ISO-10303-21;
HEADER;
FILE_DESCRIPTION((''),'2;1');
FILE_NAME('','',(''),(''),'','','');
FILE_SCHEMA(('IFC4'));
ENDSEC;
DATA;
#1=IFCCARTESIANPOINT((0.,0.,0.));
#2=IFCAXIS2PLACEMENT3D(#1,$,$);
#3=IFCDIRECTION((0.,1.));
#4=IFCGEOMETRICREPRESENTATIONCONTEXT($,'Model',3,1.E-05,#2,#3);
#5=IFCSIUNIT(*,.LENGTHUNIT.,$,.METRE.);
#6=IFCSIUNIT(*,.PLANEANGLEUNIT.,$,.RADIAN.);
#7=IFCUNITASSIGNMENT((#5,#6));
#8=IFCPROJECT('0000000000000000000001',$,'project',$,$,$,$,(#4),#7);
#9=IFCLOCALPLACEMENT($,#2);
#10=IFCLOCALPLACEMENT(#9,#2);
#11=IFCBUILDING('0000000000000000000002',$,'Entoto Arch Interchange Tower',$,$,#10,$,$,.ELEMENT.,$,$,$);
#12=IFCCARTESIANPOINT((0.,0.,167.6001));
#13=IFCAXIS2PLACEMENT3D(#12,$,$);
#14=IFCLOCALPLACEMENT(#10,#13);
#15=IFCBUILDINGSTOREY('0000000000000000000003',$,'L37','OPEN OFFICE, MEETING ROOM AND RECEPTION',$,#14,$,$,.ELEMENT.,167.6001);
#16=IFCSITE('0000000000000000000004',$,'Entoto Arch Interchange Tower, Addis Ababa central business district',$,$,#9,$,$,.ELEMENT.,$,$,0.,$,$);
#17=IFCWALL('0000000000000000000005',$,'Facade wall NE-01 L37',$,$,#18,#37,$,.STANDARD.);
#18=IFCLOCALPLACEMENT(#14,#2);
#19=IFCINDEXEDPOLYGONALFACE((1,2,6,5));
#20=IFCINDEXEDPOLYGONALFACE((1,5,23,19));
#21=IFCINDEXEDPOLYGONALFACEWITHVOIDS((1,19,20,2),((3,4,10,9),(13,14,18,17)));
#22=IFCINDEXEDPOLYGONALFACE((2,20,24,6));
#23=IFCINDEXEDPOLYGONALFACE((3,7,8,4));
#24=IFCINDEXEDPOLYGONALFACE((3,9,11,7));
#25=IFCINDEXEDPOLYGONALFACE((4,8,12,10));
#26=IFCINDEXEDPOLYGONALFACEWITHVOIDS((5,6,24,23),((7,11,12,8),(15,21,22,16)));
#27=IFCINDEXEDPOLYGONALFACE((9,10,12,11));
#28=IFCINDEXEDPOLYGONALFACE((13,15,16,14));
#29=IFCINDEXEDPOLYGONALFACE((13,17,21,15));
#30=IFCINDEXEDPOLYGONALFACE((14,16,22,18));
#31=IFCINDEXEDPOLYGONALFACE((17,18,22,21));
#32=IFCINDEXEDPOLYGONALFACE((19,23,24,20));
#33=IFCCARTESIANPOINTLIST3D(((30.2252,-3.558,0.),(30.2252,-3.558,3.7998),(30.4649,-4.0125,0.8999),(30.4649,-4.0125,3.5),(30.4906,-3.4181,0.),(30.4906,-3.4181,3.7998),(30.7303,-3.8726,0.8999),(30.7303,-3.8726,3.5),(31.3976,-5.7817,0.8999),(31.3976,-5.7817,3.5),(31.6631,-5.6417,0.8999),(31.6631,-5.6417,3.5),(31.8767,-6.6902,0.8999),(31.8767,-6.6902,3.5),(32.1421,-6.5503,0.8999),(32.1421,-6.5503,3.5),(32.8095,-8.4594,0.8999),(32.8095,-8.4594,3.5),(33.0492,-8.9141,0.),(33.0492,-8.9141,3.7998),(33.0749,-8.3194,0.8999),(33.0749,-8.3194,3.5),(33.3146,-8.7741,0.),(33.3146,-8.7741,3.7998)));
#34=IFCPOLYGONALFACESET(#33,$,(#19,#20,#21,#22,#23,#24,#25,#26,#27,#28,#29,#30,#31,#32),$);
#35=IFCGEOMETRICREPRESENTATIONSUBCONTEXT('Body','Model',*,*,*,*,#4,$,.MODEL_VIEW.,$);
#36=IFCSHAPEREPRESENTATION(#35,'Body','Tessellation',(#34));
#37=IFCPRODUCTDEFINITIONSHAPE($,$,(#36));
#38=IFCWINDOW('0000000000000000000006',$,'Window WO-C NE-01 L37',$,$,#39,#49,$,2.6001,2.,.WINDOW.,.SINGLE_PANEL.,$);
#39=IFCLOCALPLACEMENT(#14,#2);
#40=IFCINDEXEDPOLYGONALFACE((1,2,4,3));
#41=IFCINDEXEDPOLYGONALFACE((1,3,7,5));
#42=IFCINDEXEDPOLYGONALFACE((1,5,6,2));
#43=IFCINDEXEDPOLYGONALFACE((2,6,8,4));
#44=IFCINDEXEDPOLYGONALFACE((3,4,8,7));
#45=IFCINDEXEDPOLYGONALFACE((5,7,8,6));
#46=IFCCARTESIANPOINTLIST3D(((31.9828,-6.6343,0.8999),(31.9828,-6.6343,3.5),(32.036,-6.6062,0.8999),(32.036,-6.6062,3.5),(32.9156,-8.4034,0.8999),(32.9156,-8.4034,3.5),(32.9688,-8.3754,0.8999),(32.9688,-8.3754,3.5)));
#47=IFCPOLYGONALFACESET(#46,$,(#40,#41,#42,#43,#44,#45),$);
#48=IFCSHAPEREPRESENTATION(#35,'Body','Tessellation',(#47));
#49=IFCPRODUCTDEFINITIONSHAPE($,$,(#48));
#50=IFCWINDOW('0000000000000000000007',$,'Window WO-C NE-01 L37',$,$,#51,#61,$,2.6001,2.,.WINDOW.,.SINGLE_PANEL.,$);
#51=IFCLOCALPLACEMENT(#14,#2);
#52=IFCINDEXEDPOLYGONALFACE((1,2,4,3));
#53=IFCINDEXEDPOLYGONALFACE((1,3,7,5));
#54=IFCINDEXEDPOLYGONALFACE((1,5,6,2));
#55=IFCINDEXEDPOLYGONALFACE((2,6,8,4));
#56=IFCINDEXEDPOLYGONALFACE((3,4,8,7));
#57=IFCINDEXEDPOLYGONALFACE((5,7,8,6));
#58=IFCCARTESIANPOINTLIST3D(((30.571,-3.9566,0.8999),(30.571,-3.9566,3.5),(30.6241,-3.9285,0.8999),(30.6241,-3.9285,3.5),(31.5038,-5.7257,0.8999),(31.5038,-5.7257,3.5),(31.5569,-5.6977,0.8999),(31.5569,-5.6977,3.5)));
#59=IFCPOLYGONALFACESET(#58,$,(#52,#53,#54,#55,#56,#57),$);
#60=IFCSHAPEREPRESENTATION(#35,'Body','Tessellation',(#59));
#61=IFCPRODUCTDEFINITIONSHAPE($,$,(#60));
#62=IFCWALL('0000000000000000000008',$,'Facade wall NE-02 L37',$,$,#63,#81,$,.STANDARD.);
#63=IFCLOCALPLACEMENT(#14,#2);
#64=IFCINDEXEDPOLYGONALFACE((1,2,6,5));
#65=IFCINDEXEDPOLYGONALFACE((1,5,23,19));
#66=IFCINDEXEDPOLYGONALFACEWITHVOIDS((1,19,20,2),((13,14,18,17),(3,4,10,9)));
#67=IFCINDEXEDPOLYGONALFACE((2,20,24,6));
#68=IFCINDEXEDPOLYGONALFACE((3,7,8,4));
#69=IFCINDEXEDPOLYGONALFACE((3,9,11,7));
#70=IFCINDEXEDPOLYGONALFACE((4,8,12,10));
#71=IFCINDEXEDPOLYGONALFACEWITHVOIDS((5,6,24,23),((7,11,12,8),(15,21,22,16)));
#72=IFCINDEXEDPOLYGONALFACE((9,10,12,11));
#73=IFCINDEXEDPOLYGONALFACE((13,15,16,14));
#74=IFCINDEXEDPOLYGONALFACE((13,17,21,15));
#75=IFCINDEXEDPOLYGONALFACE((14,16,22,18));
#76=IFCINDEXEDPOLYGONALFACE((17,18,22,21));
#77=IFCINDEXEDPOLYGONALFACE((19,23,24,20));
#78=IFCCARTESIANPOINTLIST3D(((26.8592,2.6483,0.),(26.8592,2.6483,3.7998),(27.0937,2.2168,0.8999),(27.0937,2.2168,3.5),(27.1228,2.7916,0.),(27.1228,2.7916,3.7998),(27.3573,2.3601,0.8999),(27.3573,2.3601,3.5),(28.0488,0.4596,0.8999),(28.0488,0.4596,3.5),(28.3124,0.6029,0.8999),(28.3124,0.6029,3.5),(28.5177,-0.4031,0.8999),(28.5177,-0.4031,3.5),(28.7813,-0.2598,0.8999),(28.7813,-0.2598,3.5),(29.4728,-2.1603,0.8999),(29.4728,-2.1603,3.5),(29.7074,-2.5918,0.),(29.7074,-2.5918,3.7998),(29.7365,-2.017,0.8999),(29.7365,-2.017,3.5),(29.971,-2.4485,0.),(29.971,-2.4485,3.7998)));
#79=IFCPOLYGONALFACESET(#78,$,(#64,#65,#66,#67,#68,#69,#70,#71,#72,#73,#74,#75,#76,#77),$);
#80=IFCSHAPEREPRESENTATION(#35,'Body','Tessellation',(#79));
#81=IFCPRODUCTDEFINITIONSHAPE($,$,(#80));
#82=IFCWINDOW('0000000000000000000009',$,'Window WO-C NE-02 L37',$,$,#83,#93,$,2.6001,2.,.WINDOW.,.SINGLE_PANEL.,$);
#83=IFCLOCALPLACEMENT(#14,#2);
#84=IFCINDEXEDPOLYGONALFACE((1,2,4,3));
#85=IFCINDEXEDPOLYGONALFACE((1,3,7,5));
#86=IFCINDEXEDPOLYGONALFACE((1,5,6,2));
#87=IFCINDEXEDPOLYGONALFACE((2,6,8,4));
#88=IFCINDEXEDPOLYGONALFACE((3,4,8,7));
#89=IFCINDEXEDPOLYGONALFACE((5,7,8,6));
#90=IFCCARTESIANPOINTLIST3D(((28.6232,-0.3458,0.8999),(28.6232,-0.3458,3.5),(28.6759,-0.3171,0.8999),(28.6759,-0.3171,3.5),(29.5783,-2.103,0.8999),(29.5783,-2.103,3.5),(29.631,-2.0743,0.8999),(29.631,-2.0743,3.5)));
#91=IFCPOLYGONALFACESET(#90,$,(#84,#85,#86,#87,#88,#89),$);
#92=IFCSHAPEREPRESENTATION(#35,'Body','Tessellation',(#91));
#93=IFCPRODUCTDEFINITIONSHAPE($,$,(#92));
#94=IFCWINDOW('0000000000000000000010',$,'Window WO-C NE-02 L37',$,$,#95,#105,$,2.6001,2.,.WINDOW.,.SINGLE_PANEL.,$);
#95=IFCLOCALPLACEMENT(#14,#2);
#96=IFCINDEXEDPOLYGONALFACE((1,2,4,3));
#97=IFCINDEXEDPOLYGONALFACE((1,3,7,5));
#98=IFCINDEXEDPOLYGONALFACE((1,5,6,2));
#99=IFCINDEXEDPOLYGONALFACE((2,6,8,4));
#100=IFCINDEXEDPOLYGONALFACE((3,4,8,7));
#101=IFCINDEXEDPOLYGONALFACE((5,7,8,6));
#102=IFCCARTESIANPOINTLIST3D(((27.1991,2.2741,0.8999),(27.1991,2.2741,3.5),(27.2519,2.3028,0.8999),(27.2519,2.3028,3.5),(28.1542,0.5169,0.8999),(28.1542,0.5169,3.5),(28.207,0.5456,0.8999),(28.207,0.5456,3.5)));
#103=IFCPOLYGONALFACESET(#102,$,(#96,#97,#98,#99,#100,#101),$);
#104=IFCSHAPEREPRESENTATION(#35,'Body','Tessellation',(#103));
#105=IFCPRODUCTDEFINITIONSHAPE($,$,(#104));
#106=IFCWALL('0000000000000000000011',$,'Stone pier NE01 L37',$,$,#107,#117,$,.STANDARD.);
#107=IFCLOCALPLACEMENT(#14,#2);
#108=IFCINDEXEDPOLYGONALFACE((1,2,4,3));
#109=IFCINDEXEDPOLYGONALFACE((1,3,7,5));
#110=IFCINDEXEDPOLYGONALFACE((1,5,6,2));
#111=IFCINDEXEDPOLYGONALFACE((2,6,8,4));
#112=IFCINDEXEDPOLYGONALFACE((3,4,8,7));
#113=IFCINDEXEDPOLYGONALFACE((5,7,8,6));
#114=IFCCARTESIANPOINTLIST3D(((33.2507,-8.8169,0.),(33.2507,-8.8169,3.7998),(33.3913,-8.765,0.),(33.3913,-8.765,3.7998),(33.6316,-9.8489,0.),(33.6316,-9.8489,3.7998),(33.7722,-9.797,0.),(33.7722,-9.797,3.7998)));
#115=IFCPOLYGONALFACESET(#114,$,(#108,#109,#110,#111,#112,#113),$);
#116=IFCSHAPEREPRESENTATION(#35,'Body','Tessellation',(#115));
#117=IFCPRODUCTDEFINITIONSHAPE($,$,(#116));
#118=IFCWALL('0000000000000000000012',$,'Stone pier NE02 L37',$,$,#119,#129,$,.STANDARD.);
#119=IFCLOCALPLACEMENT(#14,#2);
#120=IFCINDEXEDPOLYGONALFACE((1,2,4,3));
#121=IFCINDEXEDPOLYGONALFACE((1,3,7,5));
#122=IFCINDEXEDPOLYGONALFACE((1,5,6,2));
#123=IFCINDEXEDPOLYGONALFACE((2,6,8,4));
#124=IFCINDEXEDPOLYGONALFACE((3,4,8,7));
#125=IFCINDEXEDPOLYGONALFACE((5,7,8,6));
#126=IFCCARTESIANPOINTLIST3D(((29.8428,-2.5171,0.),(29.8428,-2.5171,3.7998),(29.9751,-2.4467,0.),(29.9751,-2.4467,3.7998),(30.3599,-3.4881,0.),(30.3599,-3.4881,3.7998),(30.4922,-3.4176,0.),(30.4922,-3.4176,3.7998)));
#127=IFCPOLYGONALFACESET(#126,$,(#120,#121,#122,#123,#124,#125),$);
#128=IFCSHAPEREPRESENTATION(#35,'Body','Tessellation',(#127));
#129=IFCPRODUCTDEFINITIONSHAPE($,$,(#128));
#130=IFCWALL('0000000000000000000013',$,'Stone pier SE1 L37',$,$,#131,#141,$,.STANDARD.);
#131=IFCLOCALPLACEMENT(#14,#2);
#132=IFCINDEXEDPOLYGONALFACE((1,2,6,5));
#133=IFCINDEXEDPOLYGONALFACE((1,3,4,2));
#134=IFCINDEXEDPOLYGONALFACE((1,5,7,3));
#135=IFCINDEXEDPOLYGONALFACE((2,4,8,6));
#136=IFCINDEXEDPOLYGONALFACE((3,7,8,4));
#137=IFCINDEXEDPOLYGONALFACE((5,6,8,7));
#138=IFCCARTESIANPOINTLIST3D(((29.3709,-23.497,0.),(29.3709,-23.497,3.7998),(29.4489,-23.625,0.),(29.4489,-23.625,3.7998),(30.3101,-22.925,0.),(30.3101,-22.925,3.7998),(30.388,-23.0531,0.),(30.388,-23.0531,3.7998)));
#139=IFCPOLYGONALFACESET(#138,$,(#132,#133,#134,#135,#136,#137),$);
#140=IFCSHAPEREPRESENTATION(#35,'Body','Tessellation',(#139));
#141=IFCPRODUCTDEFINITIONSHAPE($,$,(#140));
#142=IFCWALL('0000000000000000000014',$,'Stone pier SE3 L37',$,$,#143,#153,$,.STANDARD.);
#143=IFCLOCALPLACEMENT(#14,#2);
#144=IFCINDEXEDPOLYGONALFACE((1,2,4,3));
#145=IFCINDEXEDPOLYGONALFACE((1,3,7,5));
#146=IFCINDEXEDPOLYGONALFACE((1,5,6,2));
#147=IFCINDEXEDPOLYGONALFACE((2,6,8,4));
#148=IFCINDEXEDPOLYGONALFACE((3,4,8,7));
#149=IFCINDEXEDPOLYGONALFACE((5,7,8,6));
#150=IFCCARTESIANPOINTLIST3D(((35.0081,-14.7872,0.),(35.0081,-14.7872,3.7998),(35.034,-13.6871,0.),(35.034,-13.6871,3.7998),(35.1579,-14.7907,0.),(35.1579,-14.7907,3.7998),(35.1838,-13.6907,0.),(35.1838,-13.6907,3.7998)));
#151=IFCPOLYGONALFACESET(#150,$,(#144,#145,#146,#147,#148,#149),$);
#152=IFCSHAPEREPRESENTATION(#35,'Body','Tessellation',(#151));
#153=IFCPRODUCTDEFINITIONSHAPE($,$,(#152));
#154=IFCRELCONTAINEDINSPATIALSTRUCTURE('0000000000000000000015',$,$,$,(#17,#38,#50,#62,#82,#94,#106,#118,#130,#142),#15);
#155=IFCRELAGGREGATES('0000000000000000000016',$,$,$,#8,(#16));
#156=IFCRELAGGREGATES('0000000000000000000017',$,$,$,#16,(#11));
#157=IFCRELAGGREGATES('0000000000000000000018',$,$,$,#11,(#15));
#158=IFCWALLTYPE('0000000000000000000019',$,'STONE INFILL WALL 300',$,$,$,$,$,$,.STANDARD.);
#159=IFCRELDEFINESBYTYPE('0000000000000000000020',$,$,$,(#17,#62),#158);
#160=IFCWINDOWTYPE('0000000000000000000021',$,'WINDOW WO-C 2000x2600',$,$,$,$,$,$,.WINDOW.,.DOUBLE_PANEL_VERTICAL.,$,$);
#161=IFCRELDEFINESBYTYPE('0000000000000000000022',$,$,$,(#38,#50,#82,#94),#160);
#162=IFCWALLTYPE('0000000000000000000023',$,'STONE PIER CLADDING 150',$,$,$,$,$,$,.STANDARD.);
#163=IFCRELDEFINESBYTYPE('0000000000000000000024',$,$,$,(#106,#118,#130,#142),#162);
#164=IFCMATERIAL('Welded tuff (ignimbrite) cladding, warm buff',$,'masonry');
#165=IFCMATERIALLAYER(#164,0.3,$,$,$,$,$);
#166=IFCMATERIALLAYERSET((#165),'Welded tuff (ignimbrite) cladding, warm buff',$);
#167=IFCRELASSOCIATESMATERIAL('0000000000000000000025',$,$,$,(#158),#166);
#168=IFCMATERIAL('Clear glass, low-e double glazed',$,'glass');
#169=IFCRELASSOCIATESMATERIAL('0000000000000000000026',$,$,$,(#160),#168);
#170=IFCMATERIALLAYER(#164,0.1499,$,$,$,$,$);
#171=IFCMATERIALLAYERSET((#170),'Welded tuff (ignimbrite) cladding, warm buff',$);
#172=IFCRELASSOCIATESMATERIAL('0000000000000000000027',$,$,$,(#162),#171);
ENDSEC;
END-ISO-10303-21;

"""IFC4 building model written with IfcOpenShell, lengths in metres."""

from ifc_helpers import new_model, si_unit, direction, frame, frame_2d, origin, place, context, subcontext, project, spatial, rectangle, extrude, material, layer, layer_set, type_object, element, fill, save


model = new_model("IFC4")

# Units and contexts
model_context = context("Model", 3, precision=1e-05, world=origin(), true_north=direction((0.0, 1.0)))
body_context = subcontext(model_context, "Body", "Model", "MODEL_VIEW")
ifc_project = project(units=[si_unit("LENGTHUNIT", "METRE"), si_unit("PLANEANGLEUNIT", "RADIAN")], contexts=[model_context])

# Site, building, storey
site_placement = place(None, origin())
site = spatial("IfcSite", under=ifc_project, at=site_placement, Name="Entoto Arch Interchange Tower, Addis Ababa central business district", CompositionType="ELEMENT", RefElevation=0.0)
building_placement = place(site_placement, origin())
building = spatial("IfcBuilding", under=site, at=building_placement, Name="Entoto Arch Interchange Tower", CompositionType="ELEMENT")
storey_placement = place(building_placement, frame((0.0, 0.0, 167.6001)))
storey = spatial("IfcBuildingStorey", under=building, at=storey_placement, Name="L37", Description="OPEN OFFICE, MEETING ROOM AND RECEPTION", CompositionType="ELEMENT", Elevation=167.6001)

# Shared definitions
ifc_material_1 = material(Name="Welded tuff (ignimbrite) cladding, warm buff", Category="masonry")
ifc_layer_1 = layer(ifc_material_1, 0.3)
ifc_layer_set_1 = layer_set([ifc_layer_1], Name="Welded tuff (ignimbrite) cladding, warm buff")
wall_type_1 = type_object("IfcWallType", Name="STONE INFILL WALL 300", PredefinedType="STANDARD", material=ifc_layer_set_1)
ifc_material_2 = material(Name="Clear glass, low-e double glazed", Category="glass")

# Walls, openings, windows
wall_1_placement = place(storey_placement, frame((33.1819, -8.844, 0.0), z_axis=(0.0, 0.0, 1.0), x_axis=(-0.466399, 0.884574, 0.0)))
wall_1 = element("IfcWall", 1, at=wall_1_placement, inside=storey, type_object=wall_type_1, Name="Facade wall NE-01 L37", PredefinedType="STANDARD", context=body_context, shape_type="SweptSolid", body=[
    extrude(rectangle(XDim=6.0549, YDim=0.3, at=frame_2d((3.0273, 0.0))), origin(), (0.0, 0.0, 1.0), 3.7998),
])
opening_1_placement = place(wall_1_placement, frame((0.5139, 0.0, 0.8999)))
opening_1 = element("IfcOpeningElement", 2, at=opening_1_placement, cuts=wall_1, PredefinedType="OPENING", context=body_context, shape_type="SweptSolid", body=[
    extrude(rectangle(XDim=2.0, YDim=2.6001, at=frame_2d((1.0, 1.3))), frame((0.0, 0.1602, 0.0), z_axis=(0.0, -1.0, 0.0), x_axis=(1.0, 0.0, 0.0)), (0.0, 0.0, 1.0), 0.3201),
])
opening_2_placement = place(wall_1_placement, frame((3.541, 0.0, 0.8999)))
opening_2 = element("IfcOpeningElement", 3, at=opening_2_placement, cuts=wall_1, PredefinedType="OPENING", context=body_context, shape_type="SweptSolid", body=[
    extrude(rectangle(XDim=2.0, YDim=2.6001, at=frame_2d((1.0, 1.3))), frame((0.0, 0.1602, 0.0), z_axis=(0.0, -1.0, 0.0), x_axis=(1.0, 0.0, 0.0)), (0.0, 0.0, 1.0), 0.3201),
])
window_type_1 = type_object("IfcWindowType", Name="WINDOW WO-C 2000x2600", PartitioningType="DOUBLE_PANEL_VERTICAL", PredefinedType="WINDOW", material=ifc_material_2)
window_1_placement = place(opening_1_placement, origin())
window_1 = element("IfcWindow", 4, at=window_1_placement, inside=storey, type_object=window_type_1, Name="Window WO-C NE-01 L37", OverallHeight=2.6001, OverallWidth=2.0, PartitioningType="SINGLE_PANEL", PredefinedType="WINDOW", context=body_context, shape_type="SweptSolid", body=[
    extrude(rectangle(XDim=2.0, YDim=2.6001, at=frame_2d((1.0, 1.3))), frame((0.0, 0.03, 0.0), z_axis=(0.0, -1.0, 0.0), x_axis=(1.0, 0.0, 0.0)), (0.0, 0.0, 1.0), 0.0601),
])
fill(opening_1, window_1)
window_2_placement = place(opening_2_placement, origin())
window_2 = element("IfcWindow", 5, at=window_2_placement, inside=storey, type_object=window_type_1, Name="Window WO-C NE-01 L37", OverallHeight=2.6001, OverallWidth=2.0, PartitioningType="SINGLE_PANEL", PredefinedType="WINDOW", context=body_context, shape_type="SweptSolid", body=[
    extrude(rectangle(XDim=2.0, YDim=2.6001, at=frame_2d((1.0, 1.3))), frame((0.0, 0.03, 0.0), z_axis=(0.0, -1.0, 0.0), x_axis=(1.0, 0.0, 0.0)), (0.0, 0.0, 1.0), 0.0601),
])
fill(opening_2, window_2)
wall_2_placement = place(storey_placement, frame((29.8391, -2.52, 0.0), z_axis=(0.0, 0.0, 1.0), x_axis=(-0.477555, 0.878602, 0.0)))
wall_2 = element("IfcWall", 6, at=wall_2_placement, inside=storey, type_object=wall_type_1, Name="Facade wall NE-02 L37", PredefinedType="STANDARD", context=body_context, shape_type="SweptSolid", body=[
    extrude(rectangle(XDim=5.9641, YDim=0.3, at=frame_2d((2.9819, 0.0))), origin(), (0.0, 0.0, 1.0), 3.7998),
])
opening_3_placement = place(wall_2_placement, frame((0.491, 0.0, 0.8999)))
opening_3 = element("IfcOpeningElement", 7, at=opening_3_placement, cuts=wall_2, PredefinedType="OPENING", context=body_context, shape_type="SweptSolid", body=[
    extrude(rectangle(XDim=2.0, YDim=2.6001, at=frame_2d((1.0, 1.3))), frame((0.0, 0.1602, 0.0), z_axis=(0.0, -1.0, 0.0), x_axis=(1.0, 0.0, 0.0)), (0.0, 0.0, 1.0), 0.3201),
])
opening_4_placement = place(wall_2_placement, frame((3.4729, 0.0, 0.8999)))
opening_4 = element("IfcOpeningElement", 8, at=opening_4_placement, cuts=wall_2, PredefinedType="OPENING", context=body_context, shape_type="SweptSolid", body=[
    extrude(rectangle(XDim=2.0, YDim=2.6001, at=frame_2d((1.0, 1.3))), frame((0.0, 0.1602, 0.0), z_axis=(0.0, -1.0, 0.0), x_axis=(1.0, 0.0, 0.0)), (0.0, 0.0, 1.0), 0.3201),
])
window_3_placement = place(opening_3_placement, origin())
window_3 = element("IfcWindow", 9, at=window_3_placement, inside=storey, type_object=window_type_1, Name="Window WO-C NE-02 L37", OverallHeight=2.6001, OverallWidth=2.0, PartitioningType="SINGLE_PANEL", PredefinedType="WINDOW", context=body_context, shape_type="SweptSolid", body=[
    extrude(rectangle(XDim=2.0, YDim=2.6001, at=frame_2d((1.0, 1.3))), frame((0.0, 0.03, 0.0), z_axis=(0.0, -1.0, 0.0), x_axis=(1.0, 0.0, 0.0)), (0.0, 0.0, 1.0), 0.0601),
])
fill(opening_3, window_3)
window_4_placement = place(opening_4_placement, origin())
window_4 = element("IfcWindow", 10, at=window_4_placement, inside=storey, type_object=window_type_1, Name="Window WO-C NE-02 L37", OverallHeight=2.6001, OverallWidth=2.0, PartitioningType="SINGLE_PANEL", PredefinedType="WINDOW", context=body_context, shape_type="SweptSolid", body=[
    extrude(rectangle(XDim=2.0, YDim=2.6001, at=frame_2d((1.0, 1.3))), frame((0.0, 0.03, 0.0), z_axis=(0.0, -1.0, 0.0), x_axis=(1.0, 0.0, 0.0)), (0.0, 0.0, 1.0), 0.0601),
])
fill(opening_4, window_4)

# Walls
ifc_layer_2 = layer(ifc_material_1, 0.1499)
ifc_layer_set_2 = layer_set([ifc_layer_2], Name="Welded tuff (ignimbrite) cladding, warm buff")
wall_type_2 = type_object("IfcWallType", Name="STONE PIER CLADDING 150", PredefinedType="STANDARD", material=ifc_layer_set_2)
for number, where, z_axis, x_axis, name in (
    (11, (33.7019, -9.823, 0.0), (0.0, 0.0, 1.0), (-0.34623, 0.93815, 0.0), "Stone pier NE01 L37"),
    (12, (30.426, -3.4529, 0.0), (0.0, 0.0, 1.0), (-0.470058, 0.882635, 0.0), "Stone pier NE02 L37"),
):
    element("IfcWall", number, at=place(storey_placement, frame(where, z_axis=z_axis, x_axis=x_axis)), inside=storey, type_object=wall_type_2, Name=name, PredefinedType="STANDARD", context=body_context, shape_type="SweptSolid", body=[
        extrude(rectangle(XDim=1.1001, YDim=0.1499, at=frame_2d((0.55, 0.0))), origin(), (0.0, 0.0, 1.0), 3.7998),
    ])
wall_3_placement = place(storey_placement, frame((29.4099, -23.561, 0.0), z_axis=(0.0, 0.0, 1.0), x_axis=(0.854066, 0.520165, 0.0)))
element("IfcWall", 13, at=wall_3_placement, inside=storey, type_object=wall_type_2, Name="Stone pier SE1 L37", PredefinedType="STANDARD", context=body_context, shape_type="SweptSolid", body=[
    extrude(rectangle(XDim=1.0996, YDim=0.1499, at=frame_2d((0.5498, 0.0))), origin(), (0.0, 0.0, 1.0), 3.7998),
])
wall_4_placement = place(storey_placement, frame((35.083, -14.7891, 0.0), z_axis=(0.0, 0.0, 1.0), x_axis=(0.023518, 0.999723, 0.0)))
element("IfcWall", 14, at=wall_4_placement, inside=storey, type_object=wall_type_2, Name="Stone pier SE3 L37", PredefinedType="STANDARD", context=body_context, shape_type="SweptSolid", body=[
    extrude(rectangle(XDim=1.1003, YDim=0.1499, at=frame_2d((0.5503, 0.0))), origin(), (0.0, 0.0, 1.0), 3.7998),
])

save(model, "model.ifc")
